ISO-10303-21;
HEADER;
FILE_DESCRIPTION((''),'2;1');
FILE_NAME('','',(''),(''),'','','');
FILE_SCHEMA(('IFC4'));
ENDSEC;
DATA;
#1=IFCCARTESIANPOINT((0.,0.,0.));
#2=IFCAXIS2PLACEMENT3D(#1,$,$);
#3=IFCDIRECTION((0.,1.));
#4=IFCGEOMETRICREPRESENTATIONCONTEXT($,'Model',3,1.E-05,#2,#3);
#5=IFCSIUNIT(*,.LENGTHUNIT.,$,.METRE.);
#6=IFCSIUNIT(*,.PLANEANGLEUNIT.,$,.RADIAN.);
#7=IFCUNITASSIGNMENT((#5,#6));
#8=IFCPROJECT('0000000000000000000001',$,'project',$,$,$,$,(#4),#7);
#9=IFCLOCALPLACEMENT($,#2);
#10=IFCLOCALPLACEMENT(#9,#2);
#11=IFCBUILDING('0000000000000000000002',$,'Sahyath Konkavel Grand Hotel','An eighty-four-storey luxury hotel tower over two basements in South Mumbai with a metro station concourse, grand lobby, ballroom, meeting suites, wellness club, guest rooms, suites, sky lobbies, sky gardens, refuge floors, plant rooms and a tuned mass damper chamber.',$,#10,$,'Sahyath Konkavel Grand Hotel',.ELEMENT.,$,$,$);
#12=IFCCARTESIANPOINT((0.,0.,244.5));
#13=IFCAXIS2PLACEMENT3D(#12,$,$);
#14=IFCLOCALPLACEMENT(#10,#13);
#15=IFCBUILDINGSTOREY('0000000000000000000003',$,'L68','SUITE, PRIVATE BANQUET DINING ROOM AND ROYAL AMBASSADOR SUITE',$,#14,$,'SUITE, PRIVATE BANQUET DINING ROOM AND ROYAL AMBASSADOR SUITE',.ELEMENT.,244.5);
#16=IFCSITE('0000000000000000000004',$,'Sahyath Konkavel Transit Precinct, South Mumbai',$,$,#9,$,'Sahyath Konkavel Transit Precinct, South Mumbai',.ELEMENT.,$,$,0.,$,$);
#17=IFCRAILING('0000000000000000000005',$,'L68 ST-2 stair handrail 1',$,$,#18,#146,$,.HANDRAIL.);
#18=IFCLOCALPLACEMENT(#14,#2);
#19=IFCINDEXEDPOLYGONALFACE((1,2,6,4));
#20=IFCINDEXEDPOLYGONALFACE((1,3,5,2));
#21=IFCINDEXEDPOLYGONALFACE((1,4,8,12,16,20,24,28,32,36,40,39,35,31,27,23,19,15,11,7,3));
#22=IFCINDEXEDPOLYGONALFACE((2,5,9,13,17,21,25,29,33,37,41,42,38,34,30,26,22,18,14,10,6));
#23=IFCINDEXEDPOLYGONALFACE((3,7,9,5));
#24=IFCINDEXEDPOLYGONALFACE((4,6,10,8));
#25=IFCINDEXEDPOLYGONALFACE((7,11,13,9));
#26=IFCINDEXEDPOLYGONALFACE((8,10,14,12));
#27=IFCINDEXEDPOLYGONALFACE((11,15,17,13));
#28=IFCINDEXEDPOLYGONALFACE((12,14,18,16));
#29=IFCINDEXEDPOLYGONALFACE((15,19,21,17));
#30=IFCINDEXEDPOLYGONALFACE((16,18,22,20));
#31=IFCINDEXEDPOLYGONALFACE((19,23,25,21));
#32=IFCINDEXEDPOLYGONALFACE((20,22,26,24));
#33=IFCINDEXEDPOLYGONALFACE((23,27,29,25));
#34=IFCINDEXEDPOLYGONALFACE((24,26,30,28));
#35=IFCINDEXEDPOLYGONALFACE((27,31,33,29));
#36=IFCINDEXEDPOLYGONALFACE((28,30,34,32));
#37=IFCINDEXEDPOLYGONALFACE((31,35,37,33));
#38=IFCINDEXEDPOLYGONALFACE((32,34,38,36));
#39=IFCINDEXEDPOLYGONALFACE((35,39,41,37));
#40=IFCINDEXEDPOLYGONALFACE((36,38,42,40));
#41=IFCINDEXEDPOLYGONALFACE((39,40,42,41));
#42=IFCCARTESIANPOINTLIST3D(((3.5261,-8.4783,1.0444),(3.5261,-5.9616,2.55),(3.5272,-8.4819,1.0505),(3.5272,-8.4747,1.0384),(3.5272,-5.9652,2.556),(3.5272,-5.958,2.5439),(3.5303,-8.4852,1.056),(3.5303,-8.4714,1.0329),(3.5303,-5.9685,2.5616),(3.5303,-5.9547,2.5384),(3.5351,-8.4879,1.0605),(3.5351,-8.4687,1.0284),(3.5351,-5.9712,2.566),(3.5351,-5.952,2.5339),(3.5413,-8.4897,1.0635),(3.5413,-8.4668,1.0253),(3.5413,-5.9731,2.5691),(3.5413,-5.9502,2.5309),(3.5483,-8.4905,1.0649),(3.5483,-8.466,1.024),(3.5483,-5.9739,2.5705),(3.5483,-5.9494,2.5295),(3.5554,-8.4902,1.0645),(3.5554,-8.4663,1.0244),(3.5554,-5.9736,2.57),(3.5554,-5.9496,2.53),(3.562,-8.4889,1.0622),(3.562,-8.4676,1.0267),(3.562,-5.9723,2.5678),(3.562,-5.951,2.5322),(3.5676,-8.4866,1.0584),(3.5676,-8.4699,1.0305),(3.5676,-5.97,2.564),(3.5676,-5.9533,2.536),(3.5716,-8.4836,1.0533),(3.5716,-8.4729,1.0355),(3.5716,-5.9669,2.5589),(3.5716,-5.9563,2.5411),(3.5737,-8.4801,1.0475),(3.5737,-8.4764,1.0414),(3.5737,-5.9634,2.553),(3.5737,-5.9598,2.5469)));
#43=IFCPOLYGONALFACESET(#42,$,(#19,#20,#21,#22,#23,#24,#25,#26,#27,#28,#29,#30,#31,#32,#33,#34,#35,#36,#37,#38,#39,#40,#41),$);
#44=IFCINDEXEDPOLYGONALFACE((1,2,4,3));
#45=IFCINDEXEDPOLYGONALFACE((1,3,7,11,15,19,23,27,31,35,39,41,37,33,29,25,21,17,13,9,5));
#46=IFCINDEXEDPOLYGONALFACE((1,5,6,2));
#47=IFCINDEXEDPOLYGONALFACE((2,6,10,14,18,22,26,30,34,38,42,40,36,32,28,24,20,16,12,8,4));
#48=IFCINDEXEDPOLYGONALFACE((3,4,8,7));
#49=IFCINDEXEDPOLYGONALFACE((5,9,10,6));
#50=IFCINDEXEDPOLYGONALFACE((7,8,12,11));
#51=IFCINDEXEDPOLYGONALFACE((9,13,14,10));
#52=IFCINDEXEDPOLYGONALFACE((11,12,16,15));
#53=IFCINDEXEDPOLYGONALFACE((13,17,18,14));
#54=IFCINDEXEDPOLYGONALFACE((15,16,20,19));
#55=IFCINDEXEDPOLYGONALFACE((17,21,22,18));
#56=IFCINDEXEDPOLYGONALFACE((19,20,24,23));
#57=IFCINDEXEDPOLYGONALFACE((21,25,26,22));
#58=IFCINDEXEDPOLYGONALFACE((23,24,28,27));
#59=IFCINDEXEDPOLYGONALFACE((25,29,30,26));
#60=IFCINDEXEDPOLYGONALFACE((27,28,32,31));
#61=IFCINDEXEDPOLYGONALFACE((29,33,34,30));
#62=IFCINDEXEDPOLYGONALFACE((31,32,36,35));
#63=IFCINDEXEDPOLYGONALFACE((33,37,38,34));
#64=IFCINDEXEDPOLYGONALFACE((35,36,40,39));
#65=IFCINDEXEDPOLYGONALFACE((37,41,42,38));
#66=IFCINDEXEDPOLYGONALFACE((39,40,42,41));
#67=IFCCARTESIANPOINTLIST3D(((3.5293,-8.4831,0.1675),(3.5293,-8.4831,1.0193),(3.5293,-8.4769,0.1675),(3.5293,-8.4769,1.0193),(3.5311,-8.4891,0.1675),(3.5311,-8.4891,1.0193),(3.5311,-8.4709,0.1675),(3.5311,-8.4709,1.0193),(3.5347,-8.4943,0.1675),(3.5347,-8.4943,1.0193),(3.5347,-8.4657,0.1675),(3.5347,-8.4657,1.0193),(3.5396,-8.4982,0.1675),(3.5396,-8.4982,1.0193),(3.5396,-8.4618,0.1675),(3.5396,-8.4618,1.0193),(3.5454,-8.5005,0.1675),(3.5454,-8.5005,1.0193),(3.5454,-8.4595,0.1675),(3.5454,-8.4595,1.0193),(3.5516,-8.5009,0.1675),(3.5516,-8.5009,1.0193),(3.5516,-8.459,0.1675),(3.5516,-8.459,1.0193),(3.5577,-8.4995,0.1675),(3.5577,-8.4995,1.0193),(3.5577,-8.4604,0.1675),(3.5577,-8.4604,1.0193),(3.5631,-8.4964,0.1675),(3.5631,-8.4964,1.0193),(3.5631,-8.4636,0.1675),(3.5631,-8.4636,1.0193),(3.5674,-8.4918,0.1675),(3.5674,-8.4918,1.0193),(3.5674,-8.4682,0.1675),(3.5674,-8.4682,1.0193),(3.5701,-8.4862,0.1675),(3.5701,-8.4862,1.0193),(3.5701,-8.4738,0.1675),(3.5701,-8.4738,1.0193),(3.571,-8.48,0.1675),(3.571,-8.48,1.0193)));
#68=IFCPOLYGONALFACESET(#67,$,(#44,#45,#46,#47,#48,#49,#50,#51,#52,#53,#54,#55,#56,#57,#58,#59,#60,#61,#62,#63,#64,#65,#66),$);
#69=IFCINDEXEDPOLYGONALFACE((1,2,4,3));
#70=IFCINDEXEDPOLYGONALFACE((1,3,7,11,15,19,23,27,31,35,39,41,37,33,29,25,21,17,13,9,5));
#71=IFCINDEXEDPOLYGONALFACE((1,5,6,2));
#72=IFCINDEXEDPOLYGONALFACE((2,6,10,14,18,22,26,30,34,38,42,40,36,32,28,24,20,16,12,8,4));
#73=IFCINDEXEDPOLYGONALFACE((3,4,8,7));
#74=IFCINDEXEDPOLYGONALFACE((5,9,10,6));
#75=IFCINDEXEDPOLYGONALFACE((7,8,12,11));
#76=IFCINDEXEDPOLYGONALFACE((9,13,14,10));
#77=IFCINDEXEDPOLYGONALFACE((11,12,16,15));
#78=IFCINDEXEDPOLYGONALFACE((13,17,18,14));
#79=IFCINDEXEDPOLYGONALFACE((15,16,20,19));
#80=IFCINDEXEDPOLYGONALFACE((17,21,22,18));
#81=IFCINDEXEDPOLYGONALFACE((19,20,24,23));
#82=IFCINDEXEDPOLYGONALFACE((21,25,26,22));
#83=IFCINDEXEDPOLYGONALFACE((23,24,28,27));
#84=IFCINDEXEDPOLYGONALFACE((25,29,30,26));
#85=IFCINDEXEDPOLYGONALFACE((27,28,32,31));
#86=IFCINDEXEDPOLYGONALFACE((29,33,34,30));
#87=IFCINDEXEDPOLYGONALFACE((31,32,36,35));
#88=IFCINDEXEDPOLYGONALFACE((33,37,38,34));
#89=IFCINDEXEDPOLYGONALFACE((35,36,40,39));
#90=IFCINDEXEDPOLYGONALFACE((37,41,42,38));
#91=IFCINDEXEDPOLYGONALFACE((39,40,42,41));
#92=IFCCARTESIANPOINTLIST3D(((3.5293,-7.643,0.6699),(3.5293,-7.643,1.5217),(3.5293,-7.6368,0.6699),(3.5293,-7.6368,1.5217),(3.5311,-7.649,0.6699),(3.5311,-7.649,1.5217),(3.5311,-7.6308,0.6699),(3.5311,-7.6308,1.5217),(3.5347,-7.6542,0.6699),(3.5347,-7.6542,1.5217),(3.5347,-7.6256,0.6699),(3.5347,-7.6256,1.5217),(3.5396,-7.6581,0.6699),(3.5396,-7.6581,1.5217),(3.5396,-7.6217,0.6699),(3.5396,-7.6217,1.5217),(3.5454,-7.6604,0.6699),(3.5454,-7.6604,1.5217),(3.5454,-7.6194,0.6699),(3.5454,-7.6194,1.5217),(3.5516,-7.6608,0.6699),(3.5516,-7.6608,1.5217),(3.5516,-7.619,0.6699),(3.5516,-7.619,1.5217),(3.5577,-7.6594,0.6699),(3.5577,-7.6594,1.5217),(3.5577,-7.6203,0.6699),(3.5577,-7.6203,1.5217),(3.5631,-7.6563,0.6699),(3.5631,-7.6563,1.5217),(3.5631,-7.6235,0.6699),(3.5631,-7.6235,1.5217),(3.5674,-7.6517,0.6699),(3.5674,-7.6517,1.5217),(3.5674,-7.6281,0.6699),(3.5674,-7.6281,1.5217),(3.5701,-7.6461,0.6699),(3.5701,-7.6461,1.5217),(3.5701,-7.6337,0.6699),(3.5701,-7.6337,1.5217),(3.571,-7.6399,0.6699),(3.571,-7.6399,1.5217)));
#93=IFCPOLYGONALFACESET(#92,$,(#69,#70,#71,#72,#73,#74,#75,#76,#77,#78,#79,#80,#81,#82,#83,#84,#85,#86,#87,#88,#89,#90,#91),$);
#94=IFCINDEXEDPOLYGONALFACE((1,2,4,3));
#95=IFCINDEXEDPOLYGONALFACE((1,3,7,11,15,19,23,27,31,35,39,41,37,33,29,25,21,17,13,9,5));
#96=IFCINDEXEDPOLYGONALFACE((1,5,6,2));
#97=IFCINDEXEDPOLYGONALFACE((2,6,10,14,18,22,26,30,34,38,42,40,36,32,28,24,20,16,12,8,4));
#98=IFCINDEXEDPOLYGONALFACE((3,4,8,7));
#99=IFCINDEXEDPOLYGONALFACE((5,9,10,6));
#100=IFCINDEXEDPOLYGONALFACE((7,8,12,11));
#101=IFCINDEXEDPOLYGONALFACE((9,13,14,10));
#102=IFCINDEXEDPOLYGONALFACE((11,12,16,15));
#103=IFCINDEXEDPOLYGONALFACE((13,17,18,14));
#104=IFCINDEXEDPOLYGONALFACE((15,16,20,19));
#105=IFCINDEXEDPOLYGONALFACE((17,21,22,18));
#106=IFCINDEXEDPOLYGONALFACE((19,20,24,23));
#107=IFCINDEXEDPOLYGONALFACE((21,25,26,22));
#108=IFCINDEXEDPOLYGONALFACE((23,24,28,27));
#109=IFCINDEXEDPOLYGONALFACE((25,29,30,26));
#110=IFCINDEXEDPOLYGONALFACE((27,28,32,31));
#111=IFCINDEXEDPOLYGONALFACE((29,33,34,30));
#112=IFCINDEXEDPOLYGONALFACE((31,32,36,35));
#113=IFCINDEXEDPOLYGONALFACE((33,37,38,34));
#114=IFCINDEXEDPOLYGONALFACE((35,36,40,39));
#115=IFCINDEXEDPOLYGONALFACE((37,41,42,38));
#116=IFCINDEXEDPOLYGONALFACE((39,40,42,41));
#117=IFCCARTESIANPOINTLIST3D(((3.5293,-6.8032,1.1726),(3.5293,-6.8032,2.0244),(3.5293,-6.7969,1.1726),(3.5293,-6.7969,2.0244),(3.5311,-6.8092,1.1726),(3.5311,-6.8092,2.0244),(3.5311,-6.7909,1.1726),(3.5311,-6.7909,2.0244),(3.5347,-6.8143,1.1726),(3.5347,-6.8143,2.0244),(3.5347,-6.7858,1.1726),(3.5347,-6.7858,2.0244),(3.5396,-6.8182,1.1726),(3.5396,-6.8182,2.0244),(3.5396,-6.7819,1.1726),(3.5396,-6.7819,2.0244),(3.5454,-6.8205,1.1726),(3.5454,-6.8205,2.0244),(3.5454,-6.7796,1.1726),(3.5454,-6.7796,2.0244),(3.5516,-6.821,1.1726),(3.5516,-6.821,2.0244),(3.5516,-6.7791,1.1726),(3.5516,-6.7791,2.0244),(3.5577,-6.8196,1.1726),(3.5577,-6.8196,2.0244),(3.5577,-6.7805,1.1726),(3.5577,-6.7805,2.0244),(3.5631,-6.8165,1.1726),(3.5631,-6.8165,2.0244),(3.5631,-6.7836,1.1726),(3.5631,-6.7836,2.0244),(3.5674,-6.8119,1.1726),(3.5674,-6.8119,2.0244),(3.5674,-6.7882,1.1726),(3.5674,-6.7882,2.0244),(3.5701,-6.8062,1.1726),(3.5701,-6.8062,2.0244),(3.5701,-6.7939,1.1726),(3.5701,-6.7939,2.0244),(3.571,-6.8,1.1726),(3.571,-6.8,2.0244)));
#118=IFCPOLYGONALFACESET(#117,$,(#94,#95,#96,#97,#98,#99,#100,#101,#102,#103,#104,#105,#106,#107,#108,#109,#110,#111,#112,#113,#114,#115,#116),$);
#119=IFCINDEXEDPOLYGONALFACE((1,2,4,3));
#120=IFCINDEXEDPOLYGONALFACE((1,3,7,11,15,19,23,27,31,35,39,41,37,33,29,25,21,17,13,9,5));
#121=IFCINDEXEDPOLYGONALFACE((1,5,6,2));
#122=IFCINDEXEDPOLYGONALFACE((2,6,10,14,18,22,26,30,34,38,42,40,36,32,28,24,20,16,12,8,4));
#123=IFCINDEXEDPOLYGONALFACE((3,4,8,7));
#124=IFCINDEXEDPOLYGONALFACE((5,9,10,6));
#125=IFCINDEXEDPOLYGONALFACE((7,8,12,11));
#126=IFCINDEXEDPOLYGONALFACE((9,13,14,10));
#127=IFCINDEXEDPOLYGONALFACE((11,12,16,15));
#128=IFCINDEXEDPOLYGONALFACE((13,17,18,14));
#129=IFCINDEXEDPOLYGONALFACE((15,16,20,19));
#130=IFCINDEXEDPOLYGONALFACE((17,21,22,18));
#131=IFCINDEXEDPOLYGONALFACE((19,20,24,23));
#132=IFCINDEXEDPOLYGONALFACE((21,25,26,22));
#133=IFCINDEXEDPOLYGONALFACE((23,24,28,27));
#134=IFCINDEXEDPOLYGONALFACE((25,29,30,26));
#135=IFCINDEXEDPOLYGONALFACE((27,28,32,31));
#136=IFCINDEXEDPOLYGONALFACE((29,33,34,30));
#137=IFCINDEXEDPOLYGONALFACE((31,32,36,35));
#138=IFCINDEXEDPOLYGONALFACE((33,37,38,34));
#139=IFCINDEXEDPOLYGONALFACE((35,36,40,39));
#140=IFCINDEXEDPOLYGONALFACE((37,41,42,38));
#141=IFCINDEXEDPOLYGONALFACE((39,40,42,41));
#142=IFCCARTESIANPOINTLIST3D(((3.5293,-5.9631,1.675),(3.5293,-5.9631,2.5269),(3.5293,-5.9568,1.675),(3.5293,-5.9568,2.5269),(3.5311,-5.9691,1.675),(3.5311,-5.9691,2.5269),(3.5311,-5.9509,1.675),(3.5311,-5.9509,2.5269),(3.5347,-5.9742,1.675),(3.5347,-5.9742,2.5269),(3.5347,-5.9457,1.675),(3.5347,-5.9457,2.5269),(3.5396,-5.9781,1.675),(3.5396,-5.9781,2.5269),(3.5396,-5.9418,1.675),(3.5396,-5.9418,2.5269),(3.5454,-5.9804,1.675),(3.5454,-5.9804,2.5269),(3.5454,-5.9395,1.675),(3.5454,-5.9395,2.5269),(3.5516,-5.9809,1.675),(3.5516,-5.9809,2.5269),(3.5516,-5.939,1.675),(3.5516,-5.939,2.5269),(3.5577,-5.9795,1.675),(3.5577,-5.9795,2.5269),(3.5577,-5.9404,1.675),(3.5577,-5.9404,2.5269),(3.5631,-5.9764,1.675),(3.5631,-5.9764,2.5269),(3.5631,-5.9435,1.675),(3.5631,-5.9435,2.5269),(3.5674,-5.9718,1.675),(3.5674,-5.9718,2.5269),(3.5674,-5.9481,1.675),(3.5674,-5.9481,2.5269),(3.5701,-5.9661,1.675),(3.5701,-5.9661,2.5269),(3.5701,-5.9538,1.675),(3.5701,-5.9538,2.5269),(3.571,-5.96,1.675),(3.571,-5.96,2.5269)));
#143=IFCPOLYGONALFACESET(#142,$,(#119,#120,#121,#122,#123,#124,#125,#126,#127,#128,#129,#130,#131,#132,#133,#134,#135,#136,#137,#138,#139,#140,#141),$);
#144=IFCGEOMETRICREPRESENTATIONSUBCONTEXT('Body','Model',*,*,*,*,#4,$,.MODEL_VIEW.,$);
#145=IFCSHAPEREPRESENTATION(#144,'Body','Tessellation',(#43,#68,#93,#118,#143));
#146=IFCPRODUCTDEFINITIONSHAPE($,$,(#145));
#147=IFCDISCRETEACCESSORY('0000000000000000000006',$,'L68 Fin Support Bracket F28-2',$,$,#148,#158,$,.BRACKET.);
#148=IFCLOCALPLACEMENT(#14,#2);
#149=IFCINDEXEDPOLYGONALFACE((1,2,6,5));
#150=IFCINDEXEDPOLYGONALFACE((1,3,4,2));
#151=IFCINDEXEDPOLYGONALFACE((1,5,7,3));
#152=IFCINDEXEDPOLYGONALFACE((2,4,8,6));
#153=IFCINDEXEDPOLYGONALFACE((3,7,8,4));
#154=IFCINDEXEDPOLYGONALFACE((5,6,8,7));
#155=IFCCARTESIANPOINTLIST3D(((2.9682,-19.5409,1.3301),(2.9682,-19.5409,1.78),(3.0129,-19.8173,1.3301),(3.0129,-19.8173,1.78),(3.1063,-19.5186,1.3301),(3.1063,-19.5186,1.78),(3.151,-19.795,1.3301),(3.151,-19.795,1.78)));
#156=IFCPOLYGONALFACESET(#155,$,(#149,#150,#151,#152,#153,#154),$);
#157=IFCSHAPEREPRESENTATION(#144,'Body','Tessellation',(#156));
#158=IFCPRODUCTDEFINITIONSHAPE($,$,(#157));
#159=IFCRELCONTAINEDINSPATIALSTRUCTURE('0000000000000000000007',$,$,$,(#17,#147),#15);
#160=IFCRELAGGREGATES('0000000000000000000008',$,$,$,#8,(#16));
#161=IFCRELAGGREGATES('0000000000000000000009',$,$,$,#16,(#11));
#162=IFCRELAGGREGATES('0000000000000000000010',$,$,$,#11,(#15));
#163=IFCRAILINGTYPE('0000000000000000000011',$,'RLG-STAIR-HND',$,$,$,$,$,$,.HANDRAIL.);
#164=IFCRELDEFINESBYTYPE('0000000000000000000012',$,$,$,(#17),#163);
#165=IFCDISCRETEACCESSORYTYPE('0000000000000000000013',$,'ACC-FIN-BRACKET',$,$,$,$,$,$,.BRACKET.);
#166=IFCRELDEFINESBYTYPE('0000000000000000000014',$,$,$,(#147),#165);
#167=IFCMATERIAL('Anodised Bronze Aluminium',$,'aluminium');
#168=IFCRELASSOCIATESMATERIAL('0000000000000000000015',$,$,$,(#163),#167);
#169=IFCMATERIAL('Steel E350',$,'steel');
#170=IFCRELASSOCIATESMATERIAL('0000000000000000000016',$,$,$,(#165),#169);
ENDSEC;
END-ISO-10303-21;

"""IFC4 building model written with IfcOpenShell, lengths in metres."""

from ifc_helpers import new_model, si_unit, direction, frame, origin, origin_2d, place, context, subcontext, project, spatial, rectangle, circle, extrude, source, transform, mapped, material, type_object, element, save


model = new_model("IFC4")

# Units and contexts
model_context = context("Model", 3, precision=1e-05, world=origin(), true_north=direction((0.0, 1.0)))
body_context = subcontext(model_context, "Body", "Model", "MODEL_VIEW")
ifc_project = project(units=[si_unit("LENGTHUNIT", "METRE"), si_unit("PLANEANGLEUNIT", "RADIAN")], contexts=[model_context])

# Site, building, storey
site_placement = place(None, origin())
site = spatial("IfcSite", under=ifc_project, at=site_placement, Name="Sahyath Konkavel Transit Precinct, South Mumbai", LongName="Sahyath Konkavel Transit Precinct, South Mumbai", CompositionType="ELEMENT", RefElevation=0.0)
building_placement = place(site_placement, origin())
building = spatial("IfcBuilding", under=site, at=building_placement, Name="Sahyath Konkavel Grand Hotel", Description="An eighty-four-storey luxury hotel tower over two basements in South Mumbai with a metro station concourse, grand lobby, ballroom, meeting suites, wellness club, guest rooms, suites, sky lobbies, sky gardens, refuge floors, plant rooms and a tuned mass damper chamber.", LongName="Sahyath Konkavel Grand Hotel", CompositionType="ELEMENT")
storey_placement = place(building_placement, frame((0.0, 0.0, 244.5)))
storey = spatial("IfcBuildingStorey", under=building, at=storey_placement, Name="L68", Description="SUITE, PRIVATE BANQUET DINING ROOM AND ROYAL AMBASSADOR SUITE", LongName="SUITE, PRIVATE BANQUET DINING ROOM AND ROYAL AMBASSADOR SUITE", CompositionType="ELEMENT", Elevation=244.5)

# Shared definitions
ifc_material_1 = material(Name="Steel E350", Category="steel")

# Shared definitions
ifc_material_2 = material(Name="Anodised Bronze Aluminium", Category="aluminium")

# Railing
railing_type_1 = type_object("IfcRailingType", Name="RLG-STAIR-HND", PredefinedType="HANDRAIL", material=ifc_material_2)
railing_1_placement = place(storey_placement, frame((3.55, -8.48, 0.1675)))
element("IfcRailing", 1, at=railing_1_placement, inside=storey, type_object=railing_type_1, Name="L68 ST-2 stair handrail 1", PredefinedType="HANDRAIL", context=body_context, shape_type="SweptSolid", body=[
    extrude(circle(Radius=0.0239, at=origin_2d()), frame((0.0, 0.0017, 0.877), z_axis=(0.0, 0.85816, 0.513383), x_axis=(-1.0, 0.0, 0.0)), (0.0, 0.0, 1.0), 2.9326),
    extrude(circle(Radius=0.021, at=origin_2d()), origin(), (0.0, 0.0, 1.0), 0.8518),
    extrude(circle(Radius=0.021, at=origin_2d()), frame((0.0, 0.8401, 0.5024)), (0.0, 0.0, 1.0), 0.8518),
    extrude(circle(Radius=0.021, at=origin_2d()), frame((0.0, 1.6799, 1.0051)), (0.0, 0.0, 1.0), 0.8518),
    extrude(circle(Radius=0.021, at=origin_2d()), frame((0.0, 2.52, 1.5076)), (0.0, 0.0, 1.0), 0.8518),
])

# Discrete accessory
discrete_accessory_type = type_object("IfcDiscreteAccessoryType", Name="ACC-FIN-BRACKET", PredefinedType="BRACKET", material=ifc_material_1)
shared_shape_1 = source(origin(), body_context, "Body", "SweptSolid", [
    extrude(rectangle(XDim=0.28, YDim=0.1399, at=origin_2d()), origin(), (0.0, 0.0, 1.0), 0.45),
])
discrete_accessory_placement = place(storey_placement, frame((3.0596, -19.668, 1.3301), z_axis=(0.0, 0.0, 1.0), x_axis=(0.159502, -0.987198, 0.0)))
element("IfcDiscreteAccessory", 2, at=discrete_accessory_placement, inside=storey, type_object=discrete_accessory_type, Name="L68 Fin Support Bracket F28-2", PredefinedType="BRACKET", context=body_context, shape_type="MappedRepresentation", body=[
    mapped(shared_shape_1, transform((0.0, 0.0, 0.0), scale=1.0)),
])

save(model, "model.ifc")
